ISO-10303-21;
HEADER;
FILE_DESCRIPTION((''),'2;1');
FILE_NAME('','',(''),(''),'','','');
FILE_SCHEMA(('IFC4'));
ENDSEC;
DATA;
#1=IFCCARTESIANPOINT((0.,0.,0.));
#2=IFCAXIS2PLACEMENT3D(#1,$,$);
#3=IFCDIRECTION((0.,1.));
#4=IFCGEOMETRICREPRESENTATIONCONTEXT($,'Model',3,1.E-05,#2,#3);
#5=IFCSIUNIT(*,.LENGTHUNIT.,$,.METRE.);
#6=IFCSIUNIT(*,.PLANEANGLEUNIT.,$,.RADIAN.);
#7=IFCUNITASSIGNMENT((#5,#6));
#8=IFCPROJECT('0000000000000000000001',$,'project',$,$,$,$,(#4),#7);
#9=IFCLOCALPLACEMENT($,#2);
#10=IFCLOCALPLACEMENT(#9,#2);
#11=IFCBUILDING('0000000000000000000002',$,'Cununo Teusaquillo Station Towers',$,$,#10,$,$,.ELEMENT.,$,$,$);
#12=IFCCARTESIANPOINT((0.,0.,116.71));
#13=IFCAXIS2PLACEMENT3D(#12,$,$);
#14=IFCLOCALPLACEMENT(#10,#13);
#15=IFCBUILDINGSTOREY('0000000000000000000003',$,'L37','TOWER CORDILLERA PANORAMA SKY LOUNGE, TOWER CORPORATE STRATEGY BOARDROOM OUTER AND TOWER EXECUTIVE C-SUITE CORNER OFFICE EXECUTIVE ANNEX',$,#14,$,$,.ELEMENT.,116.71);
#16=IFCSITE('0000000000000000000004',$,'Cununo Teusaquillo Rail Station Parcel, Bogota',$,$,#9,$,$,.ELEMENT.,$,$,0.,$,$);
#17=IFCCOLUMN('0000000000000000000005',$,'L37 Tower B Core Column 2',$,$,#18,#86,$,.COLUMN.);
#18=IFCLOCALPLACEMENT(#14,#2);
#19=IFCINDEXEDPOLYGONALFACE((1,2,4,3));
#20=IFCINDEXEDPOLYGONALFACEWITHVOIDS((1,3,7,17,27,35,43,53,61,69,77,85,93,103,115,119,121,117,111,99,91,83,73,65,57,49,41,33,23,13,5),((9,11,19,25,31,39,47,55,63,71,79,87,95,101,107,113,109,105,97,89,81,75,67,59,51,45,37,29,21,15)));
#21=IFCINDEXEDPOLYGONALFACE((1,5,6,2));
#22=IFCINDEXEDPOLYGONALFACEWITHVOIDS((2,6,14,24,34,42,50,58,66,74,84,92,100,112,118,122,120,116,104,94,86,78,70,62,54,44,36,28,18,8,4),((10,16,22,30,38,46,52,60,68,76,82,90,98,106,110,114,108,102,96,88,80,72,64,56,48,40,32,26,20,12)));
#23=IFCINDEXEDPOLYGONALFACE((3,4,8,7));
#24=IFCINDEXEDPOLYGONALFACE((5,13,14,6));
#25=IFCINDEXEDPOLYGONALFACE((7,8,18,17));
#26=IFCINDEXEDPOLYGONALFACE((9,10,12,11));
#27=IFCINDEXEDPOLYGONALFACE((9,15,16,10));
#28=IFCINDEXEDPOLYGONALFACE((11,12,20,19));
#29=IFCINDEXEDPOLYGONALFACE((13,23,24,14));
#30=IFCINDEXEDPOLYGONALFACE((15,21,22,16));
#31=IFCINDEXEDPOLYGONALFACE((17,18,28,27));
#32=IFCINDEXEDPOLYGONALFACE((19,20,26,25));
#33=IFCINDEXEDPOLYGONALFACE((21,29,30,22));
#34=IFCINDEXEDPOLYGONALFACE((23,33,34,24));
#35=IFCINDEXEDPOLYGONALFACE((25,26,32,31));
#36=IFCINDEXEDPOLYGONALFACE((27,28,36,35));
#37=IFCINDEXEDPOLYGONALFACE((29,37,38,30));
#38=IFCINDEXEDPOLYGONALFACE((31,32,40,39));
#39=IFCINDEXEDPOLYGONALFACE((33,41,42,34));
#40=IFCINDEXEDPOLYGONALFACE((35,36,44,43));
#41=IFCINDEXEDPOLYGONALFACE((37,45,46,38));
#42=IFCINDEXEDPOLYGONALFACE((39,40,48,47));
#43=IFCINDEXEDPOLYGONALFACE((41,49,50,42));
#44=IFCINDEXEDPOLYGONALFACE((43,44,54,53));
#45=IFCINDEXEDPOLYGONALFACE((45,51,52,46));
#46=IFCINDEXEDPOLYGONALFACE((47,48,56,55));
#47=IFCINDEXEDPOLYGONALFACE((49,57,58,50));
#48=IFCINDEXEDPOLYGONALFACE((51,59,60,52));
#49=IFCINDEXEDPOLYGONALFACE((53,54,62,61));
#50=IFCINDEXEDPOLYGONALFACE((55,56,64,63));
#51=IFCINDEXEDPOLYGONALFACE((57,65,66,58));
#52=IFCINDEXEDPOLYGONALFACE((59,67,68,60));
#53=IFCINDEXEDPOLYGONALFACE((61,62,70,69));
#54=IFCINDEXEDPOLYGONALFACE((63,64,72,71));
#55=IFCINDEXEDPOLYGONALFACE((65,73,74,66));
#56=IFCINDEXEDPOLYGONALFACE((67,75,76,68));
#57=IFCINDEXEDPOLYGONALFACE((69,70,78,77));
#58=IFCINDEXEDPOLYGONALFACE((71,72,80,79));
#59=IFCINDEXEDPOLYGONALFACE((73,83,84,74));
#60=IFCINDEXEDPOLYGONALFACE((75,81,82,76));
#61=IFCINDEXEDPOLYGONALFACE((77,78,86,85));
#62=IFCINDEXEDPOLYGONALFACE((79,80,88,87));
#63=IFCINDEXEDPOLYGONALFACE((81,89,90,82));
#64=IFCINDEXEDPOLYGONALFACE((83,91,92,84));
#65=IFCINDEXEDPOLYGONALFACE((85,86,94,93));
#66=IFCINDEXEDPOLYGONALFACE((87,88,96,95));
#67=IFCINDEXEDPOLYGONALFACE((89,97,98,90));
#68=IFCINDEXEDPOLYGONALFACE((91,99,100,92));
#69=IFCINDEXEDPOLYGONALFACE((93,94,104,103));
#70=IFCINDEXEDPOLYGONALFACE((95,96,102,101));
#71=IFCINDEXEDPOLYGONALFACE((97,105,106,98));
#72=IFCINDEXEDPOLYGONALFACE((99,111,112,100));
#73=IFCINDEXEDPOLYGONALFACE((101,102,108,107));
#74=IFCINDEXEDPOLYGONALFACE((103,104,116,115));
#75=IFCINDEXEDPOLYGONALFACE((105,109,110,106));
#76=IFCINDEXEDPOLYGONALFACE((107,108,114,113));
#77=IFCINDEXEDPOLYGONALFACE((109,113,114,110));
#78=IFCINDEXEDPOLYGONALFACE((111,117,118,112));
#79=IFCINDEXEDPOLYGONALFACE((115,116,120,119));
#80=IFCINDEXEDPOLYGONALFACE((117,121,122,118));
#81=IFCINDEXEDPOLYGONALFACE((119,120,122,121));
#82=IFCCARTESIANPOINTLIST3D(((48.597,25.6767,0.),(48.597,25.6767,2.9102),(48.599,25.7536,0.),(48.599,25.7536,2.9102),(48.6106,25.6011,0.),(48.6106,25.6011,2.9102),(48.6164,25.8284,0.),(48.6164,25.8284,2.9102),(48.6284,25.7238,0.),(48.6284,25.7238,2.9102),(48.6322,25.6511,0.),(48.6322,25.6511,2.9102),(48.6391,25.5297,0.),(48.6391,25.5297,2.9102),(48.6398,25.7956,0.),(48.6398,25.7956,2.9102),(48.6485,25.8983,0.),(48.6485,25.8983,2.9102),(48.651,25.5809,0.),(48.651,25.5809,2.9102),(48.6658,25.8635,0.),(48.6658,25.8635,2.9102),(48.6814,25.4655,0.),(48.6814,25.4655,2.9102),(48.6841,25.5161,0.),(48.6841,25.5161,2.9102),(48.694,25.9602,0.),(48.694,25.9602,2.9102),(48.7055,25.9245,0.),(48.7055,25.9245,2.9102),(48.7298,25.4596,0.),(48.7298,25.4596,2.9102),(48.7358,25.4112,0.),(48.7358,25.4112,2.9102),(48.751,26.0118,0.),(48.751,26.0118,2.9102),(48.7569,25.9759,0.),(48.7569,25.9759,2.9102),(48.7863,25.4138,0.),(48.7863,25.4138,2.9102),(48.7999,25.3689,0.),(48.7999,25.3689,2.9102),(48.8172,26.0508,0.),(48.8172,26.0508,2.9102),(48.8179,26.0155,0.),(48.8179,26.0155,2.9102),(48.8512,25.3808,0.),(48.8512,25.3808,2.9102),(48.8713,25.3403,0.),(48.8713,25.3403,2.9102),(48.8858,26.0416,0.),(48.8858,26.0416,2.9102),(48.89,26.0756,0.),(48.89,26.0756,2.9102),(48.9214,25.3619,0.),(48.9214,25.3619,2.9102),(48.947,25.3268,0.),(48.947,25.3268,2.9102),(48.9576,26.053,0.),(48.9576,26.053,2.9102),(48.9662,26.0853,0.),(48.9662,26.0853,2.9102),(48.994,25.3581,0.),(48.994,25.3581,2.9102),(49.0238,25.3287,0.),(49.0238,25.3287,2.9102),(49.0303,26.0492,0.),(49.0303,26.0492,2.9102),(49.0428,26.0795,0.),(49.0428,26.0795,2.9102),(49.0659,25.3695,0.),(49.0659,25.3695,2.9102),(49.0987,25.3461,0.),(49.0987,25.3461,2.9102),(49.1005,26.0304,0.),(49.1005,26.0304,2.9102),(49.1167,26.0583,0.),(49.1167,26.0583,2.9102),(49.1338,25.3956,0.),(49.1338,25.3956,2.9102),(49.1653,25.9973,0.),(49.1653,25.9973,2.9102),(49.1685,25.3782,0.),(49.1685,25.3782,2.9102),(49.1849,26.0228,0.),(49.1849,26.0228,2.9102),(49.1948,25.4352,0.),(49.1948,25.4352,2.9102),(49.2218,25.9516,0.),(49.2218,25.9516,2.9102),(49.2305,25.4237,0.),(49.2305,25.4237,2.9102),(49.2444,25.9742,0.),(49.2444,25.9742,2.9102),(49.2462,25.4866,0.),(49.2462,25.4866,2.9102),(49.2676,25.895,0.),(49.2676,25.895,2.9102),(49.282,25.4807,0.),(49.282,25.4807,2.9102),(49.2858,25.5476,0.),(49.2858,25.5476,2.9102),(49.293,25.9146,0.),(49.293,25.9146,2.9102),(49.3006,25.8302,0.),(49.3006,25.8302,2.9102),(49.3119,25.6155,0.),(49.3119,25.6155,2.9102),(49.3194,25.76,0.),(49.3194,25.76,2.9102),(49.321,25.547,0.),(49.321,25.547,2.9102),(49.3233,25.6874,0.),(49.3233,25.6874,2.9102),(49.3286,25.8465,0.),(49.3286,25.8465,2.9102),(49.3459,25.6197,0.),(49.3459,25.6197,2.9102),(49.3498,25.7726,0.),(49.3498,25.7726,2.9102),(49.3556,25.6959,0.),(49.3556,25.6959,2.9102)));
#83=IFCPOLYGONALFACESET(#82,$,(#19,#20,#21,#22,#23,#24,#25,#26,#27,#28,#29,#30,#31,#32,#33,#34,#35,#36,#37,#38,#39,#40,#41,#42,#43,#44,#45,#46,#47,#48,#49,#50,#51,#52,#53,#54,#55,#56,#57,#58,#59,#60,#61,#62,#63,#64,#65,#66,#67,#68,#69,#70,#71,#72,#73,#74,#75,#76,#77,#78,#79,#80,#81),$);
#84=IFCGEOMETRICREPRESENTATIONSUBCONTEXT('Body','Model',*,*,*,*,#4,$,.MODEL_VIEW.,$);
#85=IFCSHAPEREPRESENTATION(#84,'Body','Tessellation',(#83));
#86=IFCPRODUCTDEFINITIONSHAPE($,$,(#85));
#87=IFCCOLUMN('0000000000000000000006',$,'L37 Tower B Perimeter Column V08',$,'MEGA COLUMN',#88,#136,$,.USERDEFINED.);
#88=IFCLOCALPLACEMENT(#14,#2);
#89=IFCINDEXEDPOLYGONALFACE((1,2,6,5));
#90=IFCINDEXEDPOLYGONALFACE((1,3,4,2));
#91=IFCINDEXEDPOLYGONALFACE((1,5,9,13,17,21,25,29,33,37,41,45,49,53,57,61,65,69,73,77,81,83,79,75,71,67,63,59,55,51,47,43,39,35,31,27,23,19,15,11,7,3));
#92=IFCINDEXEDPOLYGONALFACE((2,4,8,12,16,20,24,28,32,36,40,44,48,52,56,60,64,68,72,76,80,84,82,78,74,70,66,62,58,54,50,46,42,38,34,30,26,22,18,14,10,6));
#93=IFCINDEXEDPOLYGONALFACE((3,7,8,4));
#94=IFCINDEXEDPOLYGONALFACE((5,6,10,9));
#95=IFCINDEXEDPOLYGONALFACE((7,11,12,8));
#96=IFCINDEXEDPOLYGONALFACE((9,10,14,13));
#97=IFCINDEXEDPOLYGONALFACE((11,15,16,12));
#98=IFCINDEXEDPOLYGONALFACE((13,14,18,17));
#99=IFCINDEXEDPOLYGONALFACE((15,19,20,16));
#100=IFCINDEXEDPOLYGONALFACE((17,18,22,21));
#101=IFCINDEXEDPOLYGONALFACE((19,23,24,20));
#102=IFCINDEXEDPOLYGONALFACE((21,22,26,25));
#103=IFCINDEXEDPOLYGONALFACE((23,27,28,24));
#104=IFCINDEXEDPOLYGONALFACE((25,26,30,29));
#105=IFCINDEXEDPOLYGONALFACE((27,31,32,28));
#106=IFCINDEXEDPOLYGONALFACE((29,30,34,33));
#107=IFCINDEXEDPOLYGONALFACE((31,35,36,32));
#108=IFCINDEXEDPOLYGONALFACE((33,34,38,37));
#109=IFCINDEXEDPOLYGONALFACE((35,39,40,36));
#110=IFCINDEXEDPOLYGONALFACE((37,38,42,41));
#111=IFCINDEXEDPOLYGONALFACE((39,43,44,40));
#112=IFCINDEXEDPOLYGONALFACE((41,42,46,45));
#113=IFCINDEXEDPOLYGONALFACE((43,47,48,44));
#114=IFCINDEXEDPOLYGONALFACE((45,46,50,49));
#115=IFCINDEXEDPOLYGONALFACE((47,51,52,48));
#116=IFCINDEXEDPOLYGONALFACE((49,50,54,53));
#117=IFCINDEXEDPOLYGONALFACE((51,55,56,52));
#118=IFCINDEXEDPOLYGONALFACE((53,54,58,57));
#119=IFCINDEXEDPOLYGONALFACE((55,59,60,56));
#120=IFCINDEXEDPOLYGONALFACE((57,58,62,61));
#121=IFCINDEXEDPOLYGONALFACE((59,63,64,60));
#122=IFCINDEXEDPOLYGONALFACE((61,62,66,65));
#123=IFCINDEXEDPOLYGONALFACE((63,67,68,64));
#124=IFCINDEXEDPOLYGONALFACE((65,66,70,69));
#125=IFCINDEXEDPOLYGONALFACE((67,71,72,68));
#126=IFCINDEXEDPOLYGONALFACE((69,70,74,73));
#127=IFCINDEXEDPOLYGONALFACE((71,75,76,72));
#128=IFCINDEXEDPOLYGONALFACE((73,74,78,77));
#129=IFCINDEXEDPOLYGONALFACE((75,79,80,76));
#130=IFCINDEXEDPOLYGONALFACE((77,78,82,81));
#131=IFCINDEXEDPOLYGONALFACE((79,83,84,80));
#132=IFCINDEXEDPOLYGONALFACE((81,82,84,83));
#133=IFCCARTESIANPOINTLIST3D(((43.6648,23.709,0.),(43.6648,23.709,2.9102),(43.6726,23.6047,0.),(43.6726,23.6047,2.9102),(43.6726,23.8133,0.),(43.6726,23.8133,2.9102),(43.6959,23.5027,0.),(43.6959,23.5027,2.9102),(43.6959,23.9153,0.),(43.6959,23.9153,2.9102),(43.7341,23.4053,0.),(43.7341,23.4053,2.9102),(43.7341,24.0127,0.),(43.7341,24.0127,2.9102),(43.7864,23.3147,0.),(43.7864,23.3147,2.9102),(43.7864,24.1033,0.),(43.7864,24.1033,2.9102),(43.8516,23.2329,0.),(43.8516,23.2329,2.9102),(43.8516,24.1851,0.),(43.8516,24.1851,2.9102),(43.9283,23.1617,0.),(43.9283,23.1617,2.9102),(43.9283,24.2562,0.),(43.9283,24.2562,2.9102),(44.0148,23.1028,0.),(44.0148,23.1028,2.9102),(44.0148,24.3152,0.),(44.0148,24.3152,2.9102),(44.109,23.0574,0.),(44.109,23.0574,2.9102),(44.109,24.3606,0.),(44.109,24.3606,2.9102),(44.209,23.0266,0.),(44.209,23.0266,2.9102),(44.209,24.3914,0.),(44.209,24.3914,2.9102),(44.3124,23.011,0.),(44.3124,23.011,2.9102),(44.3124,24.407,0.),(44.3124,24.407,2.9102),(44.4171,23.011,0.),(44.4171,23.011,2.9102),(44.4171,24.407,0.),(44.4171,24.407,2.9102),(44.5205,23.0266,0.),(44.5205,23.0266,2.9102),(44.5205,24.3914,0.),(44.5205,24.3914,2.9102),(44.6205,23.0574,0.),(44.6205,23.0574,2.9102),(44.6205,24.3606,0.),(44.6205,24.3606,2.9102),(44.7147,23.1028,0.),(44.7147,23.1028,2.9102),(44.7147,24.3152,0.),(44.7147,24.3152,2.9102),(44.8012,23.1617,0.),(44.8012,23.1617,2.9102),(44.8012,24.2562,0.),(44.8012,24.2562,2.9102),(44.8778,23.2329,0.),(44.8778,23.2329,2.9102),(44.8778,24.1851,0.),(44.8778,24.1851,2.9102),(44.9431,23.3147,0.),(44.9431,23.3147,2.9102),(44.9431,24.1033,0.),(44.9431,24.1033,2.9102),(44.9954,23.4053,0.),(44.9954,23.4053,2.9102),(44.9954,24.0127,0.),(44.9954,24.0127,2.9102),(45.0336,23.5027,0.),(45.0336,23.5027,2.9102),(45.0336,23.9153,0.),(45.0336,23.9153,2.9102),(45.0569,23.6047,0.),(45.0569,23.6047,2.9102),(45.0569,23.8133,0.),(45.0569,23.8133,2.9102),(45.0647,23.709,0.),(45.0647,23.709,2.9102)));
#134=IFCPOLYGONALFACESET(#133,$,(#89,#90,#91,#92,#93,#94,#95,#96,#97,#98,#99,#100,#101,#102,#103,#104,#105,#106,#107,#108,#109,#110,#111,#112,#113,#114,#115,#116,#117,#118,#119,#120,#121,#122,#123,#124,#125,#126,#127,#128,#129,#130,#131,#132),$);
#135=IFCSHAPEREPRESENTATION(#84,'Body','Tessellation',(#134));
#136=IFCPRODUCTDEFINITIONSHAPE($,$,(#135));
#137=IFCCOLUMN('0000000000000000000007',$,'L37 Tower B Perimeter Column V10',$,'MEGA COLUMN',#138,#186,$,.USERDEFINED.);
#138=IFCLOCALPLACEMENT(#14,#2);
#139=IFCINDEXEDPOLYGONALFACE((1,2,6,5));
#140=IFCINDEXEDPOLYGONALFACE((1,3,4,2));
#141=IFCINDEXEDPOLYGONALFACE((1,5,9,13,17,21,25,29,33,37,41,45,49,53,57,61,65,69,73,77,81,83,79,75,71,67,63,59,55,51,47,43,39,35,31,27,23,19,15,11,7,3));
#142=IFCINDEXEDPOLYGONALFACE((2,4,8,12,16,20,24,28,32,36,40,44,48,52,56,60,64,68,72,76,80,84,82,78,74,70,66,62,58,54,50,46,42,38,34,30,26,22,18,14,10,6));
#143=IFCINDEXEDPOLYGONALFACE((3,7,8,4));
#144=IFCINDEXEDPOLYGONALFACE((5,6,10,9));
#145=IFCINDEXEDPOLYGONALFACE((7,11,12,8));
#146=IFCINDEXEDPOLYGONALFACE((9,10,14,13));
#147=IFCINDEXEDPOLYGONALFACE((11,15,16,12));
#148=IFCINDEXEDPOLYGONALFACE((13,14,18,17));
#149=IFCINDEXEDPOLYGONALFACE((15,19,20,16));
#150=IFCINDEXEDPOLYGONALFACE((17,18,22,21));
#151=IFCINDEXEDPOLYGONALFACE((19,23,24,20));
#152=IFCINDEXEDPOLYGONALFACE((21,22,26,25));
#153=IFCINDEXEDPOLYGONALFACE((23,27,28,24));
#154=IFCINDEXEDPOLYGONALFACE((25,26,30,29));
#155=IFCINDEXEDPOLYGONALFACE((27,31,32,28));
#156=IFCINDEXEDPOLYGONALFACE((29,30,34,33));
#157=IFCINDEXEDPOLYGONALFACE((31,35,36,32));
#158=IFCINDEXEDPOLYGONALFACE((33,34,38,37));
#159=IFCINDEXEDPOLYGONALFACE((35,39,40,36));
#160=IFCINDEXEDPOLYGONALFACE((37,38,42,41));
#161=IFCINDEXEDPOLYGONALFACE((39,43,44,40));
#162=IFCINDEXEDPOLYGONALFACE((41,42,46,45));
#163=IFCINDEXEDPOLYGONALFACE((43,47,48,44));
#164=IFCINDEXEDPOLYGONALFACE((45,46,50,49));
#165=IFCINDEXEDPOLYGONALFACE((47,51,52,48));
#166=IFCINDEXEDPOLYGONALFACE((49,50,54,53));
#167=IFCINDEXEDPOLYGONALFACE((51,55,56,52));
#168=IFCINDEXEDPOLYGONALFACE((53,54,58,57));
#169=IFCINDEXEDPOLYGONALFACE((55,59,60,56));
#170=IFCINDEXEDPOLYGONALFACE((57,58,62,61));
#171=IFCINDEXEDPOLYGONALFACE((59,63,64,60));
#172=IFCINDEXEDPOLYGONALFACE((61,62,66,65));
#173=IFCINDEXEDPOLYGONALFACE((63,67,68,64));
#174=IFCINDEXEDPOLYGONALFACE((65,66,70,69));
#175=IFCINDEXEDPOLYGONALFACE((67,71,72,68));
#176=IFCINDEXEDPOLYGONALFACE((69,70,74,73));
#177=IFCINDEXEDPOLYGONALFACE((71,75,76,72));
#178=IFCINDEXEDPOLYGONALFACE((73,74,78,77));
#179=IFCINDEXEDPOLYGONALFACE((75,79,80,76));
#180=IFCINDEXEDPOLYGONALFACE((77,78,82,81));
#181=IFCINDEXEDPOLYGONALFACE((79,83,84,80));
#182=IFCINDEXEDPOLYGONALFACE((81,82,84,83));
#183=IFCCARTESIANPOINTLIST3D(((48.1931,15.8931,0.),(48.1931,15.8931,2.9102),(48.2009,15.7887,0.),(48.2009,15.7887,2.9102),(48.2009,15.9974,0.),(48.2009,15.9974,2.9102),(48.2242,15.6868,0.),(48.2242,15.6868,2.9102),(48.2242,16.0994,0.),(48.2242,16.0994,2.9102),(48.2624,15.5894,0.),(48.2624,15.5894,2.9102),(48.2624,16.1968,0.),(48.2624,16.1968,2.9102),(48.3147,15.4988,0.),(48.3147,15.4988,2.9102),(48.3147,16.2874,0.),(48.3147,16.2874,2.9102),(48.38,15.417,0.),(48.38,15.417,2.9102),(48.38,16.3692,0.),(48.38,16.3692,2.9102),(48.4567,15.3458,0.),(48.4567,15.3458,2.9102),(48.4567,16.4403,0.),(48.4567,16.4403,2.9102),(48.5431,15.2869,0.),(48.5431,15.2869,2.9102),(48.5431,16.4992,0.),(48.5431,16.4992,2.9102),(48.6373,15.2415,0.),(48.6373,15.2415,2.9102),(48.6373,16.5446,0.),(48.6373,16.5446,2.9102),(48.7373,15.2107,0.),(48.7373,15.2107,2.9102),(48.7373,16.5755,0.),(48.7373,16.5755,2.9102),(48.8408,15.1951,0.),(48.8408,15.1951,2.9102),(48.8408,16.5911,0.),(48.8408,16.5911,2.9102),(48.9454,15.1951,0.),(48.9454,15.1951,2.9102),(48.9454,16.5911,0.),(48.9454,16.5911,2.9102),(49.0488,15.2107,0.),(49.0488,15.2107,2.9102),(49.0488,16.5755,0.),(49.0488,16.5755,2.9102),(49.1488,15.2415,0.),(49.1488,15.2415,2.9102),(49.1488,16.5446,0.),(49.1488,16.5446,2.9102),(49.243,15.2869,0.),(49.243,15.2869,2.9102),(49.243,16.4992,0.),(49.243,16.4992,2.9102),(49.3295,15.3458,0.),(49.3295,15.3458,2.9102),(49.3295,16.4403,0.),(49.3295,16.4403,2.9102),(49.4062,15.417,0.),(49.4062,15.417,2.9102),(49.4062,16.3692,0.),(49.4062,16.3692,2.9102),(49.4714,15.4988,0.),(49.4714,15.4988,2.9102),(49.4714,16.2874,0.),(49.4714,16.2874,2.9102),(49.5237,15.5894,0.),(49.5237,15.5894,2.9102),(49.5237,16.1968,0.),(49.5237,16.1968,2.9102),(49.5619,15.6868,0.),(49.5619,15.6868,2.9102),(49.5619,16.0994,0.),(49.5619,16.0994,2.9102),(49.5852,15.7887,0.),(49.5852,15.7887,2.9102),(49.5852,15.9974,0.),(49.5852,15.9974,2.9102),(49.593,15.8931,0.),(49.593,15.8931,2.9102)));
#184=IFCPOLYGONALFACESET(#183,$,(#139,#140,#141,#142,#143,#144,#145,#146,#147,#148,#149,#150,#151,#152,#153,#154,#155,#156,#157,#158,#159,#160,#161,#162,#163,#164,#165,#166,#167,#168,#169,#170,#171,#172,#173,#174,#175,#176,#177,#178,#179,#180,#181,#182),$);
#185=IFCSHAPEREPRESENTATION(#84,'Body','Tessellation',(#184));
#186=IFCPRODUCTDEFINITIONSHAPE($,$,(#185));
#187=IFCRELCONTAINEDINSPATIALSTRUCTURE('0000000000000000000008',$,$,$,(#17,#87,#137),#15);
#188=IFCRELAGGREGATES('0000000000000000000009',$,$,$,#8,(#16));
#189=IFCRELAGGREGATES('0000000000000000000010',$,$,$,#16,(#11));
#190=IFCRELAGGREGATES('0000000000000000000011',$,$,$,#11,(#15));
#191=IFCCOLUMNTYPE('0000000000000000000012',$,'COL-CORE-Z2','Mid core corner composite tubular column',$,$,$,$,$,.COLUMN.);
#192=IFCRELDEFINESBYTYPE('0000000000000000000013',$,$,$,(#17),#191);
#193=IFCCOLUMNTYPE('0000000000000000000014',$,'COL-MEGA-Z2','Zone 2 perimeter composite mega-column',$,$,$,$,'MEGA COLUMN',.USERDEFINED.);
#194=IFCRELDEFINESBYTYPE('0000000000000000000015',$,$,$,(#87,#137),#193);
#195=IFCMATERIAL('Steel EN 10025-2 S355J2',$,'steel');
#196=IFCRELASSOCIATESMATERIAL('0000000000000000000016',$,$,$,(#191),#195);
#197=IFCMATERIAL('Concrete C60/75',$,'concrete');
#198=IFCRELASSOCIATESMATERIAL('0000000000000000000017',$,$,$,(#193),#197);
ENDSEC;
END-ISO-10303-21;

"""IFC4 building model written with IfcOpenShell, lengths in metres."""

from ifc_helpers import new_model, si_unit, direction, frame, origin, origin_2d, place, context, subcontext, project, spatial, circle, hollow_circle, extrude, material, material_profile, profile_set, type_object, element, save


model = new_model("IFC4")

# Units and contexts
model_context = context("Model", 3, precision=1e-05, world=origin(), true_north=direction((0.0, 1.0)))
body_context = subcontext(model_context, "Body", "Model", "MODEL_VIEW")
ifc_project = project(units=[si_unit("LENGTHUNIT", "METRE"), si_unit("PLANEANGLEUNIT", "RADIAN")], contexts=[model_context])

# Site, building, storey
site_placement = place(None, origin())
site = spatial("IfcSite", under=ifc_project, at=site_placement, Name="Cununo Teusaquillo Rail Station Parcel, Bogota", CompositionType="ELEMENT", RefElevation=0.0)
building_placement = place(site_placement, origin())
building = spatial("IfcBuilding", under=site, at=building_placement, Name="Cununo Teusaquillo Station Towers", CompositionType="ELEMENT")
storey_placement = place(building_placement, frame((0.0, 0.0, 116.71)))
storey = spatial("IfcBuildingStorey", under=building, at=storey_placement, Name="L37", Description="TOWER CORDILLERA PANORAMA SKY LOUNGE, TOWER CORPORATE STRATEGY BOARDROOM OUTER AND TOWER EXECUTIVE C-SUITE CORNER OFFICE EXECUTIVE ANNEX", CompositionType="ELEMENT", Elevation=116.71)

# Columns
ifc_material_1 = material(Name="Steel EN 10025-2 S355J2", Category="steel")
ifc_material_profile_1 = material_profile(ifc_material_1, hollow_circle(Radius=0.3799, WallThickness=0.032, at=origin_2d()), Name="CHS 760x32")
ifc_profile_set_1 = profile_set([ifc_material_profile_1], Name="Steel EN 10025-2 S355J2")
column_type_1 = type_object("IfcColumnType", Name="COL-CORE-Z2", Description="Mid core corner composite tubular column", PredefinedType="COLUMN", material=ifc_profile_set_1)
column_placement = place(storey_placement, frame((48.9758, 25.7056, 0.0), z_axis=(0.0, 0.0, 1.0), x_axis=(0.707107, 0.707107, 0.0)))
element("IfcColumn", 1, at=column_placement, inside=storey, type_object=column_type_1, Name="L37 Tower B Core Column 2", PredefinedType="COLUMN", context=body_context, shape_type="SweptSolid", body=[
    extrude(hollow_circle(Radius=0.3799, WallThickness=0.032, at=origin_2d()), origin(), (0.0, 0.0, 1.0), 2.9102),
])
ifc_material_2 = material(Name="Concrete C60/75", Category="concrete")
ifc_material_profile_2 = material_profile(ifc_material_2, circle(Radius=0.7, at=origin_2d()), Name="RC-CIRC-1400")
ifc_profile_set_2 = profile_set([ifc_material_profile_2], Name="Concrete C60/75")
column_type_2 = type_object("IfcColumnType", Name="COL-MEGA-Z2", Description="Zone 2 perimeter composite mega-column", ElementType="MEGA COLUMN", PredefinedType="USERDEFINED", material=ifc_profile_set_2)
for number, where, z_axis, x_axis, name in (
    (2, (44.3647, 23.709, 0.0), (0.0, 0.0, 1.0), (1.0, 0.0, 0.0), "L37 Tower B Perimeter Column V08"),
    (3, (48.8931, 15.8931, 0.0), (0.0, 0.0, 1.0), (1.0, 0.0, 0.0), "L37 Tower B Perimeter Column V10"),
):
    element("IfcColumn", number, at=place(storey_placement, frame(where, z_axis=z_axis, x_axis=x_axis)), inside=storey, type_object=column_type_2, Name=name, ObjectType="MEGA COLUMN", PredefinedType="USERDEFINED", context=body_context, shape_type="SweptSolid", body=[
        extrude(circle(Radius=0.7, at=origin_2d()), origin(), (0.0, 0.0, 1.0), 2.9102),
    ])

save(model, "model.ifc")
